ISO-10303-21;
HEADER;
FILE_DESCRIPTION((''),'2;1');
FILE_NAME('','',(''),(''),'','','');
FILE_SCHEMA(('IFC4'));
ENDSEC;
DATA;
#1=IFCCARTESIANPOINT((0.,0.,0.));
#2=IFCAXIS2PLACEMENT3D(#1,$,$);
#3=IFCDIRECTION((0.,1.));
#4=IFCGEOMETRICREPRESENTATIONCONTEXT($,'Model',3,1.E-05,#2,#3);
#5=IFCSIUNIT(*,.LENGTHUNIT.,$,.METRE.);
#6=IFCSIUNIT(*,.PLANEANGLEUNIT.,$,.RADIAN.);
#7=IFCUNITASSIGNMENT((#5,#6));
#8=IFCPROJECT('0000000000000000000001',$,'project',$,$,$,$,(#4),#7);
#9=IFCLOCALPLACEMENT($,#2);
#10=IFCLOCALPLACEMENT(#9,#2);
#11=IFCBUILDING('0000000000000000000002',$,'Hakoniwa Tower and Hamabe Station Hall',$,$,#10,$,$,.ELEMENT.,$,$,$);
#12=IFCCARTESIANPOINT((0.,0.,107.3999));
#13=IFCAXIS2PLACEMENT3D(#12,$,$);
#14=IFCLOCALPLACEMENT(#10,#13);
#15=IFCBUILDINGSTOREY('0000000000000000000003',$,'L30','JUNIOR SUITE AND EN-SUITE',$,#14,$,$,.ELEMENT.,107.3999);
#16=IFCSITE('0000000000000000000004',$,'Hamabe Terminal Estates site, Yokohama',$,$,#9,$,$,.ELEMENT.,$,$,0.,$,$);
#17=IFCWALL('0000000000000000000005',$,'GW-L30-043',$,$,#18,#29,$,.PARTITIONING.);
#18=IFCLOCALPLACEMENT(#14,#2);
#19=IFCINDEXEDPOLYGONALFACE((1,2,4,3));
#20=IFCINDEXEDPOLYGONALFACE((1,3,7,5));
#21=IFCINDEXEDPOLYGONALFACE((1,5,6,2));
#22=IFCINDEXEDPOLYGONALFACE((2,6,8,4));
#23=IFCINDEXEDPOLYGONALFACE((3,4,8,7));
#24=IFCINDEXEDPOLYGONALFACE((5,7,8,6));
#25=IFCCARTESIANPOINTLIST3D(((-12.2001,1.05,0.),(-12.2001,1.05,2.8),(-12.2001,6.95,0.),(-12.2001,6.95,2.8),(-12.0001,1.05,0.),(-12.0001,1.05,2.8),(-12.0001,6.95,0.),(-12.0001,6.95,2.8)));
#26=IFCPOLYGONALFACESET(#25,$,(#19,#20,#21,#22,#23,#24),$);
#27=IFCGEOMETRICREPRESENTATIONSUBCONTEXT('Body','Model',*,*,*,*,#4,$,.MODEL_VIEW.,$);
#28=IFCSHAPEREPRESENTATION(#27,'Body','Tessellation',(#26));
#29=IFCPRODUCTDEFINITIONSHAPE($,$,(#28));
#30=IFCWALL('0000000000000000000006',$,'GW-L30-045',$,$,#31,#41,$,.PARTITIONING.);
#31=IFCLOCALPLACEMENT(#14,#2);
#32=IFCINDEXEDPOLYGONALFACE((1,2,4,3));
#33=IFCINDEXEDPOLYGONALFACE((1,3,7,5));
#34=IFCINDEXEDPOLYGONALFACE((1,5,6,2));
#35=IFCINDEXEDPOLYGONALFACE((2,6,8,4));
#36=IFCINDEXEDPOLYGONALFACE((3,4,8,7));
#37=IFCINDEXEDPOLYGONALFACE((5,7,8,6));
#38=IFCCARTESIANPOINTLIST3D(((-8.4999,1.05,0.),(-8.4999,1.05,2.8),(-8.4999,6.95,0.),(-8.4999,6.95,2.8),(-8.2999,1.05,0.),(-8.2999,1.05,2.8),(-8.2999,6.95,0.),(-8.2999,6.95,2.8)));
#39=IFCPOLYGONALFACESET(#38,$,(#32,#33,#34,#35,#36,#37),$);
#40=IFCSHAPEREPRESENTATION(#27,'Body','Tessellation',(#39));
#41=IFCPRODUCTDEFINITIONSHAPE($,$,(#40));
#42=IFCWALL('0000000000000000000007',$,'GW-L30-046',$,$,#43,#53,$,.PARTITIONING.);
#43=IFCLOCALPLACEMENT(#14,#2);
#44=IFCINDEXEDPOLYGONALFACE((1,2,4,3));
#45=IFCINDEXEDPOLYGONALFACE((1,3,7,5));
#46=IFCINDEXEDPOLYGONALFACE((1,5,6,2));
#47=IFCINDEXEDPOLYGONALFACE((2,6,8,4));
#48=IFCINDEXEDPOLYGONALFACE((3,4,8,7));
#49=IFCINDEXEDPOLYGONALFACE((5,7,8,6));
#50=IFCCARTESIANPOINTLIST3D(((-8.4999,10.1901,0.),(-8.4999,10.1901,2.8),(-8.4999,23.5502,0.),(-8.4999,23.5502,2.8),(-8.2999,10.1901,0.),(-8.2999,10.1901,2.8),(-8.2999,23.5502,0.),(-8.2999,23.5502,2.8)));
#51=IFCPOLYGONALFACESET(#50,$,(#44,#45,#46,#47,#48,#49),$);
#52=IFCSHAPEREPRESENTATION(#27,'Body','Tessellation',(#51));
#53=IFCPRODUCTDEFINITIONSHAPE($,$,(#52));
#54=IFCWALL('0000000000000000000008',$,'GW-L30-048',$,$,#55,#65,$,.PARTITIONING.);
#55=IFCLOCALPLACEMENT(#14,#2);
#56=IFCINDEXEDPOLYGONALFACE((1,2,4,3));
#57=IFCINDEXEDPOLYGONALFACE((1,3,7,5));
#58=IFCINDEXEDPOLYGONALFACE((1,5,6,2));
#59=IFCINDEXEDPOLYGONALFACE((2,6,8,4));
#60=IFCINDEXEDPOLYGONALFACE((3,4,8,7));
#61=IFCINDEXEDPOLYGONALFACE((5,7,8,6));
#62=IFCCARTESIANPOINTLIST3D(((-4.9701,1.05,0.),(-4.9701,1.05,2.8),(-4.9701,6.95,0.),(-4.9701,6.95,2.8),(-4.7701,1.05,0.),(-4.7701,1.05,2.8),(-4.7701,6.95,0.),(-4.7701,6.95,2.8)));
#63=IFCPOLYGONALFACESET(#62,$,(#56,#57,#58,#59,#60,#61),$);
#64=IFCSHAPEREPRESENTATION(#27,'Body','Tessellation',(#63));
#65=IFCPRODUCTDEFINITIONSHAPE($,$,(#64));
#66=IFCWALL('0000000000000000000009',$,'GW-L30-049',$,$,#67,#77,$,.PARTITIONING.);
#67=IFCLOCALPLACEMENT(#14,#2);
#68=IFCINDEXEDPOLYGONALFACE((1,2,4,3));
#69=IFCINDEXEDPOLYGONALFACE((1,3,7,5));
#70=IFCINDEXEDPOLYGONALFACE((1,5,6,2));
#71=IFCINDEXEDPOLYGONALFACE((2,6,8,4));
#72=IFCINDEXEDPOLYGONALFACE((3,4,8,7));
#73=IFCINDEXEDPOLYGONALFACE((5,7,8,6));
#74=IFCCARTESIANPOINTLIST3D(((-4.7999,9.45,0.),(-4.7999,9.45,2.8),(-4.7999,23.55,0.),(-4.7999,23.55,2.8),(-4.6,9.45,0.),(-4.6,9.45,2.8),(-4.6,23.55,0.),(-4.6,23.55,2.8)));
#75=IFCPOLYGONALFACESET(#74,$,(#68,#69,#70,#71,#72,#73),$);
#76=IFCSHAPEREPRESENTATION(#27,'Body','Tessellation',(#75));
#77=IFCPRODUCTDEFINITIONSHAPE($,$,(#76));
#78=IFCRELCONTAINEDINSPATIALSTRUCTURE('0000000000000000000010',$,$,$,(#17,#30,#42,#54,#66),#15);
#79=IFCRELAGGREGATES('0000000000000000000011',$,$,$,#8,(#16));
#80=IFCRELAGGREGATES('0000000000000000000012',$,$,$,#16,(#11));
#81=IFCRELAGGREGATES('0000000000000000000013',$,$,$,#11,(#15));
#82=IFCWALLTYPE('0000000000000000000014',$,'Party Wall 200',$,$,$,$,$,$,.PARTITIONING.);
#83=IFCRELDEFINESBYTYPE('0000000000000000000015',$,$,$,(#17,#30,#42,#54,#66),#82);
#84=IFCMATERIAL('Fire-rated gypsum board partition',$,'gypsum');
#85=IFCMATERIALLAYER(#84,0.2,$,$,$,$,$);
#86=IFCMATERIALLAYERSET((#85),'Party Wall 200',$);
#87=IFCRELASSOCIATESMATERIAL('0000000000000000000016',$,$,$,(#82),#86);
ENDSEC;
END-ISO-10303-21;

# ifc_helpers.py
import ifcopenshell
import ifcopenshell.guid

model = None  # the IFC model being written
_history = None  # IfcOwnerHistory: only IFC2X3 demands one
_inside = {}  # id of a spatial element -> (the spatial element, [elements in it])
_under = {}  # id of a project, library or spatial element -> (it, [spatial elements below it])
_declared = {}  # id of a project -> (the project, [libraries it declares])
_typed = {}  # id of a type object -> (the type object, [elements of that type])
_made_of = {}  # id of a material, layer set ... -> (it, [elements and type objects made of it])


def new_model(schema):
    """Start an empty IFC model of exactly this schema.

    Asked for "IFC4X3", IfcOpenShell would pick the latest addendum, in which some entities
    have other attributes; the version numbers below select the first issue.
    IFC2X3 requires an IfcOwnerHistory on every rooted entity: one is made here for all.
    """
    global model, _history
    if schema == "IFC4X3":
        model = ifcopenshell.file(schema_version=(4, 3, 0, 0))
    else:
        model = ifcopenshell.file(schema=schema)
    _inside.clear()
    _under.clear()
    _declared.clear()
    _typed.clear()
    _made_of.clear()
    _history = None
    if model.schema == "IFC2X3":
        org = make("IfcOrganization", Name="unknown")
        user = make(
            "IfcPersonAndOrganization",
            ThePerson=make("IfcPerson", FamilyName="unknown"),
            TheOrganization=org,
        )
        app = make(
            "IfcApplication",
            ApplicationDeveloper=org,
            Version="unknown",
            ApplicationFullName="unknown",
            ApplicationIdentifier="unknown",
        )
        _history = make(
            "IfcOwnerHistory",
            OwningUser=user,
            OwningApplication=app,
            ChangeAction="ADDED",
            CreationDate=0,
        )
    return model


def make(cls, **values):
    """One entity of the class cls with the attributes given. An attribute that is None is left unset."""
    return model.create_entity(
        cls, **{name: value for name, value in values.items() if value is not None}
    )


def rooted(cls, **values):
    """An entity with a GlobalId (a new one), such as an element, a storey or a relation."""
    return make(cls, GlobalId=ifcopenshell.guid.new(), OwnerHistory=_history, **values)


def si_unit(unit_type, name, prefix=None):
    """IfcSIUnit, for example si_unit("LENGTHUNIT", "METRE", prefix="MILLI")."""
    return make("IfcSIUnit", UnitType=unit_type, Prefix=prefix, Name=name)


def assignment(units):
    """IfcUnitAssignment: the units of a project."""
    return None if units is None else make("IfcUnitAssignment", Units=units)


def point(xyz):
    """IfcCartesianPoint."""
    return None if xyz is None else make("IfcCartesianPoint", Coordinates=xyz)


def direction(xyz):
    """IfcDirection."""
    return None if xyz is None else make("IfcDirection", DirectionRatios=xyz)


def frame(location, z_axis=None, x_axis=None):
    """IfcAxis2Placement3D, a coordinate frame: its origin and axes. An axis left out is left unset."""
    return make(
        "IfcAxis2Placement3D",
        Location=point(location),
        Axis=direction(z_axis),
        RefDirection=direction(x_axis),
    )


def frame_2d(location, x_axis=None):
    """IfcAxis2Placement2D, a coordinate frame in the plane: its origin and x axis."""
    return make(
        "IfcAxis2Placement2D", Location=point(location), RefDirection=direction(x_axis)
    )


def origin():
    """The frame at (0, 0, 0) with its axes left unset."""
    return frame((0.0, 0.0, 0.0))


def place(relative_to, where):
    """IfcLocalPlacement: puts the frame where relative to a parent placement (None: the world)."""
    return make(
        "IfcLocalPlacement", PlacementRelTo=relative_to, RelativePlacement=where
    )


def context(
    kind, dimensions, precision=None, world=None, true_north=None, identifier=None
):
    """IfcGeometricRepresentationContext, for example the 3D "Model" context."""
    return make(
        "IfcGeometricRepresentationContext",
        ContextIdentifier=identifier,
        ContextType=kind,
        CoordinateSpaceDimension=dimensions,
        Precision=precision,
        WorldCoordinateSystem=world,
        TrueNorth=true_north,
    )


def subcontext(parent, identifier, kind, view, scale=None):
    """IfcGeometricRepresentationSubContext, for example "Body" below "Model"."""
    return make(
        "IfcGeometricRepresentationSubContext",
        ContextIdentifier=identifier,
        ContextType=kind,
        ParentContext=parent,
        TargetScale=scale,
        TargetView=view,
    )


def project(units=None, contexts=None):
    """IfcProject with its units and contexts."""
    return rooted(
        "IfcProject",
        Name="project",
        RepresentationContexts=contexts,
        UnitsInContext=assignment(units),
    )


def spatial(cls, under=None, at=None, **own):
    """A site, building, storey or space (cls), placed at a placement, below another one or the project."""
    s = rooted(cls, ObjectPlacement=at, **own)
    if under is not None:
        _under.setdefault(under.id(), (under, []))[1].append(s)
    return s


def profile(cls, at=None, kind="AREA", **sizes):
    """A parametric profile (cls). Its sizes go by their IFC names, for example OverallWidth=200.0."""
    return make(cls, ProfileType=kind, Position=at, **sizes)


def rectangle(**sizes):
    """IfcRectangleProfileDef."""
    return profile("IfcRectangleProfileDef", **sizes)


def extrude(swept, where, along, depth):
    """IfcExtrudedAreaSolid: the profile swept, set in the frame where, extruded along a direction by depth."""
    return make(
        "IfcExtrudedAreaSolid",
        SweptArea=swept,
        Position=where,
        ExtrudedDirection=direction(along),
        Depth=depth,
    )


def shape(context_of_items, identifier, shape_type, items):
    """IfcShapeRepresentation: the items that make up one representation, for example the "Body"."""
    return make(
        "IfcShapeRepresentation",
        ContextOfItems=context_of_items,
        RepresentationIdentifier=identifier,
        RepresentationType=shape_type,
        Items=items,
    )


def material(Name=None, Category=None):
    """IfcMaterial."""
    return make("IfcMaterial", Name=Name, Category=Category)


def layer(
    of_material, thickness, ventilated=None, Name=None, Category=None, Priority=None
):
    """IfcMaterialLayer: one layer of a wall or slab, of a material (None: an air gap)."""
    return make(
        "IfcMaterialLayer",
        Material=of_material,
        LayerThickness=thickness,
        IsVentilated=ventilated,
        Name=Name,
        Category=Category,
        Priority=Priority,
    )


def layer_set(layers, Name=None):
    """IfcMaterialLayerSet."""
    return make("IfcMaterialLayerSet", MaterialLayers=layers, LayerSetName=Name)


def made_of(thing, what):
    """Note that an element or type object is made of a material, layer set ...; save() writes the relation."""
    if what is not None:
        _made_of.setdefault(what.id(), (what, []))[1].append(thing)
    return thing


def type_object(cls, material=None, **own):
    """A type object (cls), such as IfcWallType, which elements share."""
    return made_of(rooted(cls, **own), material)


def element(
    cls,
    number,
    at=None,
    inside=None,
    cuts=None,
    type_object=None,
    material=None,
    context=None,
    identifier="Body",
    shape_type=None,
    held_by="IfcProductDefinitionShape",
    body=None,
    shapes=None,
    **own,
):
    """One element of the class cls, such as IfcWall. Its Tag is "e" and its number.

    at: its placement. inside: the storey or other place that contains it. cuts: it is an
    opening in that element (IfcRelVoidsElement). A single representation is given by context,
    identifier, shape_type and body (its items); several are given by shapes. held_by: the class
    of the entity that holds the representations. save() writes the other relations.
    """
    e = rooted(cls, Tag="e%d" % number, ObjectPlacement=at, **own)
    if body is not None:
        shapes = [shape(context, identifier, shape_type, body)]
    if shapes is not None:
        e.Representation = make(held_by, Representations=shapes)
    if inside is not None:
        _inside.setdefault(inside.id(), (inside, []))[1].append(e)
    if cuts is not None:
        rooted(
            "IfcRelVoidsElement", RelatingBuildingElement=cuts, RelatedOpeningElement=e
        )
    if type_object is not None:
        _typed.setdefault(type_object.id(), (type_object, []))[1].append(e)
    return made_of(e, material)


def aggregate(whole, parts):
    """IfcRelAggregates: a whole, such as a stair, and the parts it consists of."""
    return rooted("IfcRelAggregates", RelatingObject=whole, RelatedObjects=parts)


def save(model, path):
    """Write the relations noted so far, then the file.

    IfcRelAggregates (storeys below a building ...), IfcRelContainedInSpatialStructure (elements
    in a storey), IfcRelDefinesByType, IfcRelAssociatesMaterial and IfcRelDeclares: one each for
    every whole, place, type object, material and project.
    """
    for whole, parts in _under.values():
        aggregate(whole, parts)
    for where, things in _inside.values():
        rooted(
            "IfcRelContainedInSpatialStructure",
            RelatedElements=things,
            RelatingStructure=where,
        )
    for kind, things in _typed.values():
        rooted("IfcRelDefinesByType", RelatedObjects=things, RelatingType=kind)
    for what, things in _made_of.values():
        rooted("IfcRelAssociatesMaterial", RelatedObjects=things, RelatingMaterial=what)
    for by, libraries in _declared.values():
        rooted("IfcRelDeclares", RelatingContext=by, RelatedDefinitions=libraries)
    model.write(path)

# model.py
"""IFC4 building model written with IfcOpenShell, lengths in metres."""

from ifc_helpers import new_model, si_unit, direction, frame, frame_2d, origin, place, context, subcontext, project, spatial, rectangle, extrude, material, layer, layer_set, type_object, element, save


model = new_model("IFC4")

# Units and contexts
model_context = context("Model", 3, precision=1e-05, world=origin(), true_north=direction((0.0, 1.0)))
body_context = subcontext(model_context, "Body", "Model", "MODEL_VIEW")
ifc_project = project(units=[si_unit("LENGTHUNIT", "METRE"), si_unit("PLANEANGLEUNIT", "RADIAN")], contexts=[model_context])

# Site, building, storey
site_placement = place(None, origin())
site = spatial("IfcSite", under=ifc_project, at=site_placement, Name="Hamabe Terminal Estates site, Yokohama", CompositionType="ELEMENT", RefElevation=0.0)
building_placement = place(site_placement, origin())
building = spatial("IfcBuilding", under=site, at=building_placement, Name="Hakoniwa Tower and Hamabe Station Hall", CompositionType="ELEMENT")
storey_placement = place(building_placement, frame((0.0, 0.0, 107.3999)))
storey = spatial("IfcBuildingStorey", under=building, at=storey_placement, Name="L30", Description="JUNIOR SUITE AND EN-SUITE", CompositionType="ELEMENT", Elevation=107.3999)

# Walls
ifc_material_1 = material(Name="Fire-rated gypsum board partition", Category="gypsum")
ifc_layer_1 = layer(ifc_material_1, 0.2)
ifc_layer_set_1 = layer_set([ifc_layer_1], Name="Party Wall 200")
wall_type_1 = type_object("IfcWallType", Name="Party Wall 200", PredefinedType="PARTITIONING", material=ifc_layer_set_1)
for number, where, z_axis, x_axis, name in (
    (1, (-12.1001, 1.05, 0.0), (0.0, 0.0, 1.0), (0.0, 1.0, 0.0), "GW-L30-043"),
    (2, (-8.3999, 1.05, 0.0), (0.0, 0.0, 1.0), (0.0, 1.0, 0.0), "GW-L30-045"),
):
    element("IfcWall", number, at=place(storey_placement, frame(where, z_axis=z_axis, x_axis=x_axis)), inside=storey, type_object=wall_type_1, Name=name, PredefinedType="PARTITIONING", context=body_context, shape_type="SweptSolid", body=[
        extrude(rectangle(XDim=5.8999, YDim=0.2, at=frame_2d((2.95, 0.0))), origin(), (0.0, 0.0, 1.0), 2.8),
    ])
wall_1_placement = place(storey_placement, frame((-8.3999, 10.1899, 0.0), z_axis=(0.0, 0.0, 1.0), x_axis=(0.0, 1.0, 0.0)))
element("IfcWall", 3, at=wall_1_placement, inside=storey, type_object=wall_type_1, Name="GW-L30-046", PredefinedType="PARTITIONING", context=body_context, shape_type="SweptSolid", body=[
    extrude(rectangle(XDim=13.3601, YDim=0.2, at=frame_2d((6.6802, 0.0))), origin(), (0.0, 0.0, 1.0), 2.8),
])
wall_2_placement = place(storey_placement, frame((-4.8701, 1.05, 0.0), z_axis=(0.0, 0.0, 1.0), x_axis=(0.0, 1.0, 0.0)))
element("IfcWall", 4, at=wall_2_placement, inside=storey, type_object=wall_type_1, Name="GW-L30-048", PredefinedType="PARTITIONING", context=body_context, shape_type="SweptSolid", body=[
    extrude(rectangle(XDim=5.8999, YDim=0.2, at=frame_2d((2.95, 0.0))), origin(), (0.0, 0.0, 1.0), 2.8),
])
wall_3_placement = place(storey_placement, frame((-4.7, 9.45, 0.0), z_axis=(0.0, 0.0, 1.0), x_axis=(0.0, 1.0, 0.0)))
element("IfcWall", 5, at=wall_3_placement, inside=storey, type_object=wall_type_1, Name="GW-L30-049", PredefinedType="PARTITIONING", context=body_context, shape_type="SweptSolid", body=[
    extrude(rectangle(XDim=14.1001, YDim=0.2, at=frame_2d((7.05, 0.0))), origin(), (0.0, 0.0, 1.0), 2.8),
])

save(model, "model.ifc")
